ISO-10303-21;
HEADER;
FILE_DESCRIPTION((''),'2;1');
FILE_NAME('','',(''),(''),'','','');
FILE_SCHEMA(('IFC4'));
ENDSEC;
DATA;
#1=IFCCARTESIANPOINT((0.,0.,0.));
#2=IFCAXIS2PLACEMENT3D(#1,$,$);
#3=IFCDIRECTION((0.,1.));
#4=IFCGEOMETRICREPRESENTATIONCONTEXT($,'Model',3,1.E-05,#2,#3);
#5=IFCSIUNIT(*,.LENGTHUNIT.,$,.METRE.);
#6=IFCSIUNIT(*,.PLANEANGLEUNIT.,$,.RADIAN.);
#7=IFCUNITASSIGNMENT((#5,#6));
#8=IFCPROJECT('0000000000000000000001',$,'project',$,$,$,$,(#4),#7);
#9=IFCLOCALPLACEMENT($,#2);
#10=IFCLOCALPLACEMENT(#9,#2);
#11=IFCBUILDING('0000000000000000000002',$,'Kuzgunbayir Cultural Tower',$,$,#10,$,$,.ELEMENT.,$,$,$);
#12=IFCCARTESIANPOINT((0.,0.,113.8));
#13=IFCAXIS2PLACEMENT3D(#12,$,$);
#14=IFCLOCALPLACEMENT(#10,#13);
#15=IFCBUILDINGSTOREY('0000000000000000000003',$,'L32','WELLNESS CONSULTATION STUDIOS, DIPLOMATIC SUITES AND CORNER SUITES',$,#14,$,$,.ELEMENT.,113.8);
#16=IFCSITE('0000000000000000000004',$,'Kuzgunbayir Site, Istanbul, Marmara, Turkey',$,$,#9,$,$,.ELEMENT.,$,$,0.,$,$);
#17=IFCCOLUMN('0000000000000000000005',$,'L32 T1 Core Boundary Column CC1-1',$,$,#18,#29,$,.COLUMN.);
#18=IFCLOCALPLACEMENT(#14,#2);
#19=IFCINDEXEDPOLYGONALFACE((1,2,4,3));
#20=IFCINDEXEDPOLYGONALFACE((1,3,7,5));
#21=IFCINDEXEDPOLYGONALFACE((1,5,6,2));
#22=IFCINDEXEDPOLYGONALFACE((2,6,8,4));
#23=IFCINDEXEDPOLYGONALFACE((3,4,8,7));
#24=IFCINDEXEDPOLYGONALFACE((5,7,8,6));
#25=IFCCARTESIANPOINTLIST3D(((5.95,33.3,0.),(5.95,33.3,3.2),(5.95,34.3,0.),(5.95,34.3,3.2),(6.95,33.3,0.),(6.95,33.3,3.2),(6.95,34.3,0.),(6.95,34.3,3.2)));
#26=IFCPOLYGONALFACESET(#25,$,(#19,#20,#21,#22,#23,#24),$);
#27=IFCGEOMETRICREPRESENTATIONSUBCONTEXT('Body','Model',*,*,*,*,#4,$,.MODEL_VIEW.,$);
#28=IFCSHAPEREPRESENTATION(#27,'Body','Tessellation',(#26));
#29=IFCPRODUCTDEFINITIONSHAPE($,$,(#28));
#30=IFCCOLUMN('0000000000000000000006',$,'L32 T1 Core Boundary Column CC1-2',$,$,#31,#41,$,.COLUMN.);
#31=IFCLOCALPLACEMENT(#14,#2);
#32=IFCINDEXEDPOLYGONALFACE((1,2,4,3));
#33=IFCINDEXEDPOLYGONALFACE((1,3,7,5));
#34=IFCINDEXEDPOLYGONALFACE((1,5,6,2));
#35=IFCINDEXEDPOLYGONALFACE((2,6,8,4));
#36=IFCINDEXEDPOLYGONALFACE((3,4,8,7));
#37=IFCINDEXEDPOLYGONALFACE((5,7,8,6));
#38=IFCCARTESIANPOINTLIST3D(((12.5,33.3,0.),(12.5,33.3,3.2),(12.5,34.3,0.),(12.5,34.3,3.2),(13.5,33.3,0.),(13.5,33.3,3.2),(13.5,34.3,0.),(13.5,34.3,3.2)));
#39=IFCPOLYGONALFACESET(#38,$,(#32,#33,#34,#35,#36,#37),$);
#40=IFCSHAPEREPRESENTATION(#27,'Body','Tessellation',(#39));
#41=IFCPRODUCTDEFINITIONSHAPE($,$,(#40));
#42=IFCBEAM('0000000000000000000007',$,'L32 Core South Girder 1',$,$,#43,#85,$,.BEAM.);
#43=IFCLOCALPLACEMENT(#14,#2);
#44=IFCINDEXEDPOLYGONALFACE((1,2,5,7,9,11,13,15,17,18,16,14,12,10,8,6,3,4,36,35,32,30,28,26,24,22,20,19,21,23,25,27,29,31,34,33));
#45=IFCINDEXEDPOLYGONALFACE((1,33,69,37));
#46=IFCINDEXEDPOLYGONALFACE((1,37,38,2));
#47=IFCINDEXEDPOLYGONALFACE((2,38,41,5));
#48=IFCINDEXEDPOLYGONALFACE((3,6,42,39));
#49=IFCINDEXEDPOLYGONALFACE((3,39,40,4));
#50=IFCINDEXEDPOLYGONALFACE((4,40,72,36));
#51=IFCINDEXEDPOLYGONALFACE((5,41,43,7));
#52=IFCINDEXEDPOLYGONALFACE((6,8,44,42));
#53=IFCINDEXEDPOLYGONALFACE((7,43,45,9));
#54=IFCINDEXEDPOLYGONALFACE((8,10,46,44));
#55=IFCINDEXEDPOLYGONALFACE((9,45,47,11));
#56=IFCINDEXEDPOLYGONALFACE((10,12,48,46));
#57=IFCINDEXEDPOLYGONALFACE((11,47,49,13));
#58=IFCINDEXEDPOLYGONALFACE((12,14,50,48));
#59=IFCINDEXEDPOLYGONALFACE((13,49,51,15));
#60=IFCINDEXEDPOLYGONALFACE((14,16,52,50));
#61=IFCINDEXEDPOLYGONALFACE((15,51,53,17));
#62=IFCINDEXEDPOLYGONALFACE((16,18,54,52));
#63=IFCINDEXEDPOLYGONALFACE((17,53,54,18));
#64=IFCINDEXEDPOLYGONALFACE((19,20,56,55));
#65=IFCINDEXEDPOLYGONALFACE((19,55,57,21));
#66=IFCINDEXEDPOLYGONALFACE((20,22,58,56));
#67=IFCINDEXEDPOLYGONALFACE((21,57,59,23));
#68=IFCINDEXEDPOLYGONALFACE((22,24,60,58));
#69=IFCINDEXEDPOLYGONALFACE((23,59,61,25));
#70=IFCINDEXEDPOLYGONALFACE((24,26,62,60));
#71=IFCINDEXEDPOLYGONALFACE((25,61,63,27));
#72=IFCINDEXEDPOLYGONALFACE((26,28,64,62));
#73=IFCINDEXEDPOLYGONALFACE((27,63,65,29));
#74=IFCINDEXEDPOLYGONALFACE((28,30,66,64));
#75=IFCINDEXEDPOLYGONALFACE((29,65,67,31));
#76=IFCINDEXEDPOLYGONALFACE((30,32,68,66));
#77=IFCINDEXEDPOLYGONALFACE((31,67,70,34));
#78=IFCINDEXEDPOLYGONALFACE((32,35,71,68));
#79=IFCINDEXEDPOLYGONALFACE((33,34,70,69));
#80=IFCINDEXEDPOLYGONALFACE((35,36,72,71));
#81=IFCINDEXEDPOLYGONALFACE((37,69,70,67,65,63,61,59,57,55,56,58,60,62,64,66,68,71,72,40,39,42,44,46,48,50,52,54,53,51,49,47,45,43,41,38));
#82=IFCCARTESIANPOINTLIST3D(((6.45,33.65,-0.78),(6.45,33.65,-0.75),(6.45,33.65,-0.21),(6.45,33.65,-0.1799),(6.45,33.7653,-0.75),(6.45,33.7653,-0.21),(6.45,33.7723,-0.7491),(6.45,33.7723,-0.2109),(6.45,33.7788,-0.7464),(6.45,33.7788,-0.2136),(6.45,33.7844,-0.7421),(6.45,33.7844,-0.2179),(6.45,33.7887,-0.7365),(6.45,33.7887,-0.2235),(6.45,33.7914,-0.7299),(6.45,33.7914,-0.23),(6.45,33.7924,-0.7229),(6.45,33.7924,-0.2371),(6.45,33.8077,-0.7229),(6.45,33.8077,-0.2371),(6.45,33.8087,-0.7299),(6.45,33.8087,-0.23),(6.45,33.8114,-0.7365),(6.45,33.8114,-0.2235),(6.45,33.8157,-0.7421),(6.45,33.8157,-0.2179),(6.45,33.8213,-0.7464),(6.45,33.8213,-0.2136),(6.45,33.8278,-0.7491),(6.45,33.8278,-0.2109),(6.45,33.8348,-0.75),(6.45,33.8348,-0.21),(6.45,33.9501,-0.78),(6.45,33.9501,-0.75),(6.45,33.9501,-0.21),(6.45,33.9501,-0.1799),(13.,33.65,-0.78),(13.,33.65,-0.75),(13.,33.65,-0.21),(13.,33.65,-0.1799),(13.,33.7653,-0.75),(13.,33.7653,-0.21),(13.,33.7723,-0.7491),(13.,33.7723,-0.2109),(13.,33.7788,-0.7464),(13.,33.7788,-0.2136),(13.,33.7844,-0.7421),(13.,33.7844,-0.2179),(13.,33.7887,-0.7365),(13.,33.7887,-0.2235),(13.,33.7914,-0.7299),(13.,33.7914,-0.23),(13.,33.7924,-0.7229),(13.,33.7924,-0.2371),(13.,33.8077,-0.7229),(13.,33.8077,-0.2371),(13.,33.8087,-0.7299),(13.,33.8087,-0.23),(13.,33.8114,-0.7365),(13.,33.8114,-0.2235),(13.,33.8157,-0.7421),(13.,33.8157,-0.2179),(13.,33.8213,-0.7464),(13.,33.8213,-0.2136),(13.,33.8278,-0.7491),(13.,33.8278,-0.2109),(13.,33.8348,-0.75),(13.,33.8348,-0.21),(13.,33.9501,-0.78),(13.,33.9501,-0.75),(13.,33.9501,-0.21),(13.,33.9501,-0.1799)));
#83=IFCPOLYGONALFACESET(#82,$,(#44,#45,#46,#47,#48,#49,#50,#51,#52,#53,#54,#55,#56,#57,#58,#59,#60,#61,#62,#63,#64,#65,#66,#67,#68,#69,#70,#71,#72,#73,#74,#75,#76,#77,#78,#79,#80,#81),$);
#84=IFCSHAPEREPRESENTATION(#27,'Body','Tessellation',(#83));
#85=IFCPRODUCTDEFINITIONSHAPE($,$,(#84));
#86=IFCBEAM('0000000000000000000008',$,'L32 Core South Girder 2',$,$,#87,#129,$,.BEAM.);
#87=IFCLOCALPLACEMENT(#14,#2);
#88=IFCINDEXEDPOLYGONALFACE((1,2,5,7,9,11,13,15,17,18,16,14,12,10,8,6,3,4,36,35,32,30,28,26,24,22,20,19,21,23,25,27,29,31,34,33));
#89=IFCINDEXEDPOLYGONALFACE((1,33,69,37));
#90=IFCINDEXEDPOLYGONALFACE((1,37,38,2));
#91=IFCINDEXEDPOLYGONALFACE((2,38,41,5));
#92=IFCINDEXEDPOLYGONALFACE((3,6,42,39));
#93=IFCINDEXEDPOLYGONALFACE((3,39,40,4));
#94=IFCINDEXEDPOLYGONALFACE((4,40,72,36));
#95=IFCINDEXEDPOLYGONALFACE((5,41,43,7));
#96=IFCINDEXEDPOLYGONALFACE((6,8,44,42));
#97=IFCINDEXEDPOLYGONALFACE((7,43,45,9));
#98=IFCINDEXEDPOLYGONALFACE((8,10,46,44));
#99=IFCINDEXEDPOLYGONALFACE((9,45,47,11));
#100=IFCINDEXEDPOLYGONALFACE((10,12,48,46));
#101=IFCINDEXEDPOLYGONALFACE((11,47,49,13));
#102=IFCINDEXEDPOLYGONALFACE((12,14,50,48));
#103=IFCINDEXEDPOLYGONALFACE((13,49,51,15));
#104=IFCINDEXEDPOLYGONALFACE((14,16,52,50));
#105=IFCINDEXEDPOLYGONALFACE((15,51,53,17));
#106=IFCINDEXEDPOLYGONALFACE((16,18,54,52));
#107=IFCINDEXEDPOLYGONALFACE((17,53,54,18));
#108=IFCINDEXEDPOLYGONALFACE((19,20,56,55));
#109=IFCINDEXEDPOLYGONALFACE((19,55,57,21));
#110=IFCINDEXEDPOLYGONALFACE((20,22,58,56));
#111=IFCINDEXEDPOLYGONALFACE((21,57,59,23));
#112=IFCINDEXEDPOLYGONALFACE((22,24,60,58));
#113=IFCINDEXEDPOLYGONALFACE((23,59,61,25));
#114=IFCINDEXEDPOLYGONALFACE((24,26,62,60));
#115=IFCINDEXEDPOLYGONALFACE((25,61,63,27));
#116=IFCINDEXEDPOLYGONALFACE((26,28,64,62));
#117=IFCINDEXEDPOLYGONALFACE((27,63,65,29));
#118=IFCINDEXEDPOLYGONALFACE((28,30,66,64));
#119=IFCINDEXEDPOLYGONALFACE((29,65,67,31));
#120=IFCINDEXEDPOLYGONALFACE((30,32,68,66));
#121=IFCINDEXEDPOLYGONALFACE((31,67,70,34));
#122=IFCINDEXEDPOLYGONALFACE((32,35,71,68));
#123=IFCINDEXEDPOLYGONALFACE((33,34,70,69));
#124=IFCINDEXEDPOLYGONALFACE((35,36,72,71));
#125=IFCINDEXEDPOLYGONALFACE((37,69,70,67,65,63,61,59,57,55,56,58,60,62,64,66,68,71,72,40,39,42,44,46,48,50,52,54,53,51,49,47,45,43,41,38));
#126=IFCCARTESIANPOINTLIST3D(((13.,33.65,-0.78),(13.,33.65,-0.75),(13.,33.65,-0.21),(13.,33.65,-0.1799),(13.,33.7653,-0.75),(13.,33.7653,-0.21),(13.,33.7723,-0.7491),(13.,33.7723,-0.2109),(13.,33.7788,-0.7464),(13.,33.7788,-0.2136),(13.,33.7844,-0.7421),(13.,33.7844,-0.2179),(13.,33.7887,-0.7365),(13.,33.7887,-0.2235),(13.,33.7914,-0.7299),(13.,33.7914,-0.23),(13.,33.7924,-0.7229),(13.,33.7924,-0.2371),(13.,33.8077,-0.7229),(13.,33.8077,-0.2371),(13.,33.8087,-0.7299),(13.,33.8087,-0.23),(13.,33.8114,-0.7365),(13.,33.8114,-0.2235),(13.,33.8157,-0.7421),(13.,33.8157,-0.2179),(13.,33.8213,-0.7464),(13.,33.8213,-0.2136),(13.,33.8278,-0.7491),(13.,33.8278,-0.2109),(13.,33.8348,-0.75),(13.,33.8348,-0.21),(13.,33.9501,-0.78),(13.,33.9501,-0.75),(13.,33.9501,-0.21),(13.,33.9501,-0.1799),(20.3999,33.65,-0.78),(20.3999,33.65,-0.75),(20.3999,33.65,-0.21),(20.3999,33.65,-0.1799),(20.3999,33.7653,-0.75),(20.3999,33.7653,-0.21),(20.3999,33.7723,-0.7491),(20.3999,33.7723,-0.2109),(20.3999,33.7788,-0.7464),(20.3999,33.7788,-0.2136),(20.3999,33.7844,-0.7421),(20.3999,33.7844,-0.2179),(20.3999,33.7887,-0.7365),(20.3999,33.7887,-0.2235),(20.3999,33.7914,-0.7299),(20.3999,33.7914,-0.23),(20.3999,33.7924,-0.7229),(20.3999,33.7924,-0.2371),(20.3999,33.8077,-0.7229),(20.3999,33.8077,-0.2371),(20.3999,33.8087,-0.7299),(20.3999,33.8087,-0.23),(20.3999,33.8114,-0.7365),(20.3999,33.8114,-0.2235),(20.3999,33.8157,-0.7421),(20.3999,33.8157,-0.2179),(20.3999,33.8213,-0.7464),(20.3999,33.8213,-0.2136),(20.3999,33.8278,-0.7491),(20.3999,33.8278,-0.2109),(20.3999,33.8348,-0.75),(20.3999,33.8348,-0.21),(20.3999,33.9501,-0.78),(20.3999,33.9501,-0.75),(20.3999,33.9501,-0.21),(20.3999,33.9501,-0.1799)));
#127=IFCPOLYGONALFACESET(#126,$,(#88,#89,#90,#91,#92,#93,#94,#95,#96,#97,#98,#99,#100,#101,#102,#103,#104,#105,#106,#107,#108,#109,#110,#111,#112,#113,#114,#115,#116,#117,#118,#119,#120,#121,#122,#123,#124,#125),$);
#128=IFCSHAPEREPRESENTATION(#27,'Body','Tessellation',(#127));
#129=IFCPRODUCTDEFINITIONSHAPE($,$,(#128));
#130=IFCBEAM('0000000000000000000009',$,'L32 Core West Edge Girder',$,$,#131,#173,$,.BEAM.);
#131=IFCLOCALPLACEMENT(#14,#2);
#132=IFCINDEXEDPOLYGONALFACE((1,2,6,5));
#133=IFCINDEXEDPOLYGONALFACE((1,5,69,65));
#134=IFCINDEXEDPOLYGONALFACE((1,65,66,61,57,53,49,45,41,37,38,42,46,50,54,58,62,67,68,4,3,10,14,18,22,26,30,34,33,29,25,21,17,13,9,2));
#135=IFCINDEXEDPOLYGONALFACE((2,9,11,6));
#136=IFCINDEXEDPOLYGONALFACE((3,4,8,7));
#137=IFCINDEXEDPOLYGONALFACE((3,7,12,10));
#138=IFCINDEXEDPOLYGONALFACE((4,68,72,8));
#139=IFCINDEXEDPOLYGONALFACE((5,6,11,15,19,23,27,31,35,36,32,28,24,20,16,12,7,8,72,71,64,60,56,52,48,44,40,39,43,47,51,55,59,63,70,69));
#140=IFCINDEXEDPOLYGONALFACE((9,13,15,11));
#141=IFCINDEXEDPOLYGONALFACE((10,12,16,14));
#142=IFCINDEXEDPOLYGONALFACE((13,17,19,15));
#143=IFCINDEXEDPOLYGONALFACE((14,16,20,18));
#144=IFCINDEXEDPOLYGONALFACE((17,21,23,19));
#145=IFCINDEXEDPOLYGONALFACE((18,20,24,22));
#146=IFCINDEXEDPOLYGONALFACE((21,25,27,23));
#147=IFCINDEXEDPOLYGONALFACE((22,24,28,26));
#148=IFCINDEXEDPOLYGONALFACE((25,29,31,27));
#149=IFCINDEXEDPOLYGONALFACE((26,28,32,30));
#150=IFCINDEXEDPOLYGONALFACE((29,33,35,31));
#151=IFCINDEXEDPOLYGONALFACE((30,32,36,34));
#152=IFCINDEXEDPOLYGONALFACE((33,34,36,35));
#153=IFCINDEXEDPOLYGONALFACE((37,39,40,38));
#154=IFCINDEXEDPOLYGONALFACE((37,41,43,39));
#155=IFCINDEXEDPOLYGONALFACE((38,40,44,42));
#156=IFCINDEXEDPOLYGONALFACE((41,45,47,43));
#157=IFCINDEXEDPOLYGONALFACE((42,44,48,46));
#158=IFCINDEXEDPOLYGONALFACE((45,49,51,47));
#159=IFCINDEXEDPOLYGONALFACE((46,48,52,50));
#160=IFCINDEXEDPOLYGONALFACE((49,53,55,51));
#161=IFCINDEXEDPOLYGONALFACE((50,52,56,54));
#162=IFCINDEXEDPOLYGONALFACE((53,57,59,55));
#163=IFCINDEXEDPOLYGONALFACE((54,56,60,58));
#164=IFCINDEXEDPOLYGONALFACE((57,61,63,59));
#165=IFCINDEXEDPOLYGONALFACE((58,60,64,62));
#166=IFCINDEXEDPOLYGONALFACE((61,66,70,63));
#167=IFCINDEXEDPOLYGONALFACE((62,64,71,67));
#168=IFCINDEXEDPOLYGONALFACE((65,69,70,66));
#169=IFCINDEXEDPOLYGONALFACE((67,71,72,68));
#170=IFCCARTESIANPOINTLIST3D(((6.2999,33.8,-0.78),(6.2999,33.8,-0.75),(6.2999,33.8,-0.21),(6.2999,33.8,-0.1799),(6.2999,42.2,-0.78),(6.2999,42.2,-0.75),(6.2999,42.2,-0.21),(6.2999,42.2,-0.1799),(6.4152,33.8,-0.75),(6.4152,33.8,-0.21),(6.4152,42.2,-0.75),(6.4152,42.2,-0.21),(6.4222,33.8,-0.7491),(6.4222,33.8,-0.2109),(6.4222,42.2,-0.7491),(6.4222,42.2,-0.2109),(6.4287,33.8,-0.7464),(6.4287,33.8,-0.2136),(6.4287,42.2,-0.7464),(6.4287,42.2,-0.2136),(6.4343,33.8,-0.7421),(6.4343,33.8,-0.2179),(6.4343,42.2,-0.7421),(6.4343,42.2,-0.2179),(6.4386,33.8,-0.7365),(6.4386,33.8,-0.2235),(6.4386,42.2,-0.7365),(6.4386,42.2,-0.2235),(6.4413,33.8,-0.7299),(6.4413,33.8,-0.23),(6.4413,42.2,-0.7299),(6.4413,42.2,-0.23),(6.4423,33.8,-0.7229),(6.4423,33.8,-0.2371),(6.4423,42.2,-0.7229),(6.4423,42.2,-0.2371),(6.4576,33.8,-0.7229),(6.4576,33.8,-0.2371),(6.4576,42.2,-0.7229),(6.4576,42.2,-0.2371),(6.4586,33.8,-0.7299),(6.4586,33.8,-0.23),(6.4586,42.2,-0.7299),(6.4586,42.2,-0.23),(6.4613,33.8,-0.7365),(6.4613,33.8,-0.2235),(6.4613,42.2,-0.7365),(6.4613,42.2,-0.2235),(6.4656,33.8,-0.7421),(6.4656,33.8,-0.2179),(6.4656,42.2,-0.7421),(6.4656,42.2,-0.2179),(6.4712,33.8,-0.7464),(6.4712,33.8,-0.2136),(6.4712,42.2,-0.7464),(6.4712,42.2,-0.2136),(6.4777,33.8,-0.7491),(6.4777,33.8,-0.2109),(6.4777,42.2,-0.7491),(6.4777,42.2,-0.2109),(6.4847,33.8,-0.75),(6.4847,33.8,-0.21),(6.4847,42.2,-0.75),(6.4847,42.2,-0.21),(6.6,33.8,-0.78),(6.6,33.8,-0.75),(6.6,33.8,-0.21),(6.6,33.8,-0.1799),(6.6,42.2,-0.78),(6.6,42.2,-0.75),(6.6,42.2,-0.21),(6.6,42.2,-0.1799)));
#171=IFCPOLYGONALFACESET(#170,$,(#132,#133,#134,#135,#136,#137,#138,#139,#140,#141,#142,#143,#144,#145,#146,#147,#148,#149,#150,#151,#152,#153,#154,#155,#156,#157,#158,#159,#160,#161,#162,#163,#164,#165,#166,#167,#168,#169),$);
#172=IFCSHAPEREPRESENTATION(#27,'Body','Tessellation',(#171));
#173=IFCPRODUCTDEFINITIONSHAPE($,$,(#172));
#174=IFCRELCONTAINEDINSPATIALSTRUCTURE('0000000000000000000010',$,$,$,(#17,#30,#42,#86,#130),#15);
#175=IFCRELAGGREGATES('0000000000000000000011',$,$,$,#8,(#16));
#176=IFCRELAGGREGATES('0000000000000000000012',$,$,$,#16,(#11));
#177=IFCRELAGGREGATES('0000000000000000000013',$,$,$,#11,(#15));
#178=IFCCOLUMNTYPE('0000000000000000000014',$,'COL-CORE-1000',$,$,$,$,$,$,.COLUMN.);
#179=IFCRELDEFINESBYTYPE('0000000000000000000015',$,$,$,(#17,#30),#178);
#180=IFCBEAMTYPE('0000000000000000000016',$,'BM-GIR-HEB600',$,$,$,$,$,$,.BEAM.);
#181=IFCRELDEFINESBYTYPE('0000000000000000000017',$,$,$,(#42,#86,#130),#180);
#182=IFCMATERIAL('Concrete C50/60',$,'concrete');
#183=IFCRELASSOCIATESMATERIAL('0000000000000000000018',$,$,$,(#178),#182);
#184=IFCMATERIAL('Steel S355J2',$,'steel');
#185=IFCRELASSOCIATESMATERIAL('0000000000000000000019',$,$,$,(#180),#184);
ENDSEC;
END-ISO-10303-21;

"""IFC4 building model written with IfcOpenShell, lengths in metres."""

from ifc_helpers import new_model, si_unit, direction, frame, origin, origin_2d, place, context, subcontext, project, spatial, rectangle, i_section, extrude, material, material_profile, profile_set, type_object, element, save


model = new_model("IFC4")

# Units and contexts
model_context = context("Model", 3, precision=1e-05, world=origin(), true_north=direction((0.0, 1.0)))
body_context = subcontext(model_context, "Body", "Model", "MODEL_VIEW")
ifc_project = project(units=[si_unit("LENGTHUNIT", "METRE"), si_unit("PLANEANGLEUNIT", "RADIAN")], contexts=[model_context])

# Site, building, storey
site_placement = place(None, origin())
site = spatial("IfcSite", under=ifc_project, at=site_placement, Name="Kuzgunbayir Site, Istanbul, Marmara, Turkey", CompositionType="ELEMENT", RefElevation=0.0)
building_placement = place(site_placement, origin())
building = spatial("IfcBuilding", under=site, at=building_placement, Name="Kuzgunbayir Cultural Tower", CompositionType="ELEMENT")
storey_placement = place(building_placement, frame((0.0, 0.0, 113.8)))
storey = spatial("IfcBuildingStorey", under=building, at=storey_placement, Name="L32", Description="WELLNESS CONSULTATION STUDIOS, DIPLOMATIC SUITES AND CORNER SUITES", CompositionType="ELEMENT", Elevation=113.8)

# Columns
ifc_material_1 = material(Name="Concrete C50/60", Category="concrete")
ifc_material_profile_1 = material_profile(ifc_material_1, rectangle(XDim=1.0, YDim=1.0, at=origin_2d()), Name="RC 1000x1000")
ifc_profile_set_1 = profile_set([ifc_material_profile_1], Name="Concrete C50/60")
column_type = type_object("IfcColumnType", Name="COL-CORE-1000", PredefinedType="COLUMN", material=ifc_profile_set_1)
for number, where, z_axis, x_axis, name in (
    (1, (6.45, 33.8, 0.0), (0.0, 0.0, 1.0), (1.0, 0.0, 0.0), "L32 T1 Core Boundary Column CC1-1"),
    (2, (13.0, 33.8, 0.0), (0.0, 0.0, 1.0), (1.0, 0.0, 0.0), "L32 T1 Core Boundary Column CC1-2"),
):
    element("IfcColumn", number, at=place(storey_placement, frame(where, z_axis=z_axis, x_axis=x_axis)), inside=storey, type_object=column_type, Name=name, PredefinedType="COLUMN", context=body_context, shape_type="SweptSolid", body=[
        extrude(rectangle(XDim=1.0, YDim=1.0, at=origin_2d()), origin(), (0.0, 0.0, 1.0), 3.2),
    ])

# Beams
ifc_material_2 = material(Name="Steel S355J2", Category="steel")
ifc_material_profile_2 = material_profile(ifc_material_2, i_section(OverallWidth=0.3, OverallDepth=0.6001, WebThickness=0.0154, FlangeThickness=0.03, FilletRadius=0.0271, at=origin_2d()), Name="HEB 600")
ifc_profile_set_2 = profile_set([ifc_material_profile_2], Name="Steel S355J2")
beam_type = type_object("IfcBeamType", Name="BM-GIR-HEB600", PredefinedType="BEAM", material=ifc_profile_set_2)
beam_1_placement = place(storey_placement, frame((6.45, 33.8, -0.48), z_axis=(1.0, 0.0, 0.0), x_axis=(0.0, 1.0, 0.0)))
element("IfcBeam", 3, at=beam_1_placement, inside=storey, type_object=beam_type, Name="L32 Core South Girder 1", PredefinedType="BEAM", context=body_context, shape_type="SweptSolid", body=[
    extrude(i_section(OverallWidth=0.3, OverallDepth=0.6001, WebThickness=0.0154, FlangeThickness=0.03, FilletRadius=0.0271, at=origin_2d()), origin(), (0.0, 0.0, 1.0), 6.55),
])
beam_2_placement = place(storey_placement, frame((13.0, 33.8, -0.48), z_axis=(1.0, 0.0, 0.0), x_axis=(0.0, 1.0, 0.0)))
element("IfcBeam", 4, at=beam_2_placement, inside=storey, type_object=beam_type, Name="L32 Core South Girder 2", PredefinedType="BEAM", context=body_context, shape_type="SweptSolid", body=[
    extrude(i_section(OverallWidth=0.3, OverallDepth=0.6001, WebThickness=0.0154, FlangeThickness=0.03, FilletRadius=0.0271, at=origin_2d()), origin(), (0.0, 0.0, 1.0), 7.3999),
])
beam_3_placement = place(storey_placement, frame((6.45, 33.8, -0.48), z_axis=(0.0, 1.0, 0.0), x_axis=(-1.0, 0.0, 0.0)))
element("IfcBeam", 5, at=beam_3_placement, inside=storey, type_object=beam_type, Name="L32 Core West Edge Girder", PredefinedType="BEAM", context=body_context, shape_type="SweptSolid", body=[
    extrude(i_section(OverallWidth=0.3, OverallDepth=0.6001, WebThickness=0.0154, FlangeThickness=0.03, FilletRadius=0.0271, at=origin_2d()), origin(), (0.0, 0.0, 1.0), 8.3999),
])

save(model, "model.ifc")
